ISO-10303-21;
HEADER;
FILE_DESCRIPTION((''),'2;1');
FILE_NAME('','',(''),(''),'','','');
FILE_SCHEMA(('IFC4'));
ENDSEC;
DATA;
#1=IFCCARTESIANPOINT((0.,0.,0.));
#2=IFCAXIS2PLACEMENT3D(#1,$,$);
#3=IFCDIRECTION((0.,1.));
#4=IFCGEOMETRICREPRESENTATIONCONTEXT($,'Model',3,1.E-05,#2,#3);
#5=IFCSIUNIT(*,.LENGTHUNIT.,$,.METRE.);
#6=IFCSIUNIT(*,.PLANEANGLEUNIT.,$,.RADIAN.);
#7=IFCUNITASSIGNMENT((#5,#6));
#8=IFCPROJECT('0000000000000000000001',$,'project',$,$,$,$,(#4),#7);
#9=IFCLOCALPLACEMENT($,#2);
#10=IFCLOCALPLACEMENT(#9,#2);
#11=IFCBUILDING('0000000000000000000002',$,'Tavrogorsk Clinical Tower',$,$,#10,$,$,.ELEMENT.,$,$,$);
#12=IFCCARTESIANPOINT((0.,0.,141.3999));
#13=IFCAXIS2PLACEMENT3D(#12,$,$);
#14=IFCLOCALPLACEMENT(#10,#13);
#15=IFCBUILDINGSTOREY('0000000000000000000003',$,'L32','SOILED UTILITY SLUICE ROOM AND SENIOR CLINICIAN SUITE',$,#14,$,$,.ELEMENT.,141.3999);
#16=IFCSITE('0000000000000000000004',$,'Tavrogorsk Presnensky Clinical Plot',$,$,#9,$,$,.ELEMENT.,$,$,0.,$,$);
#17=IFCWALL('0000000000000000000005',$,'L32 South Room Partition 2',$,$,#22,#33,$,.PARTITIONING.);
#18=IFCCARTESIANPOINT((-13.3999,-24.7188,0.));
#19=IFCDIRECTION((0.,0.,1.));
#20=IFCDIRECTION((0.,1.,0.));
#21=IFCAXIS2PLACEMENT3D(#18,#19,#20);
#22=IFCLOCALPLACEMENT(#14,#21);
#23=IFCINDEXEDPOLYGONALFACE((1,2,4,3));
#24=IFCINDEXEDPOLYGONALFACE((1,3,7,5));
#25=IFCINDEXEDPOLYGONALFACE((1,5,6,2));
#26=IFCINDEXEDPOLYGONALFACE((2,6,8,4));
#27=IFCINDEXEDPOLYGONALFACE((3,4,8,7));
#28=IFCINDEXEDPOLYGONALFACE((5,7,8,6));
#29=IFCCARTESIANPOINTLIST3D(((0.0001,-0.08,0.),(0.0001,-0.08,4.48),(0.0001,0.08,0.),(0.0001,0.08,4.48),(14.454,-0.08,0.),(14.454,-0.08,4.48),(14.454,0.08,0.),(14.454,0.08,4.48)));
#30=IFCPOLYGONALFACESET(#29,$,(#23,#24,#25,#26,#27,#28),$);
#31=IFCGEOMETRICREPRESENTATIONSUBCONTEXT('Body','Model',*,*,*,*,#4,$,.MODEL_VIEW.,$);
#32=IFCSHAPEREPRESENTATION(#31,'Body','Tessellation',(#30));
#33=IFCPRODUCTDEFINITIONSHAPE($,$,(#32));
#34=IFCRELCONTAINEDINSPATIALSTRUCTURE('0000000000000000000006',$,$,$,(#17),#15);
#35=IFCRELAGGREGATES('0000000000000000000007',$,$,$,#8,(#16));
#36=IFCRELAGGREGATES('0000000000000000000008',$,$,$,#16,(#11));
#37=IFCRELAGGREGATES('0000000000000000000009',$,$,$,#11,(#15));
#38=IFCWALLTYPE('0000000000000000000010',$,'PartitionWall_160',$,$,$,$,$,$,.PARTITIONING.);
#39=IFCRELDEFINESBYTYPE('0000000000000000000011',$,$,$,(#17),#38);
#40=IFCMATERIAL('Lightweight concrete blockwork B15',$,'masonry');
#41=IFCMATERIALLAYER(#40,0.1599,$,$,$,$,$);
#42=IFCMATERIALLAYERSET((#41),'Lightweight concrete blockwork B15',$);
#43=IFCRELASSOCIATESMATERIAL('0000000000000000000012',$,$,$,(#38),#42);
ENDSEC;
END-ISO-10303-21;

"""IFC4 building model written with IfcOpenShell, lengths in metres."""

from ifc_helpers import new_model, si_unit, direction, frame, frame_2d, origin, place, context, subcontext, project, spatial, rectangle, extrude, material, layer, layer_set, type_object, element, save


model = new_model("IFC4")

# Units and contexts
model_context = context("Model", 3, precision=1e-05, world=origin(), true_north=direction((0.0, 1.0)))
body_context = subcontext(model_context, "Body", "Model", "MODEL_VIEW")
ifc_project = project(units=[si_unit("LENGTHUNIT", "METRE"), si_unit("PLANEANGLEUNIT", "RADIAN")], contexts=[model_context])

# Site, building, storey
site_placement = place(None, origin())
site = spatial("IfcSite", under=ifc_project, at=site_placement, Name="Tavrogorsk Presnensky Clinical Plot", CompositionType="ELEMENT", RefElevation=0.0)
building_placement = place(site_placement, origin())
building = spatial("IfcBuilding", under=site, at=building_placement, Name="Tavrogorsk Clinical Tower", CompositionType="ELEMENT")
storey_placement = place(building_placement, frame((0.0, 0.0, 141.3999)))
storey = spatial("IfcBuildingStorey", under=building, at=storey_placement, Name="L32", Description="SOILED UTILITY SLUICE ROOM AND SENIOR CLINICIAN SUITE", CompositionType="ELEMENT", Elevation=141.3999)

# Wall
ifc_material_1 = material(Name="Lightweight concrete blockwork B15", Category="masonry")
ifc_layer_1 = layer(ifc_material_1, 0.1599)
ifc_layer_set_1 = layer_set([ifc_layer_1], Name="Lightweight concrete blockwork B15")
wall_type_1 = type_object("IfcWallType", Name="PartitionWall_160", PredefinedType="PARTITIONING", material=ifc_layer_set_1)
wall_1_placement = place(storey_placement, frame((-13.3999, -24.7188, 0.0), z_axis=(0.0, 0.0, 1.0), x_axis=(0.0, 1.0, 0.0)))
element("IfcWall", 1, at=wall_1_placement, inside=storey, type_object=wall_type_1, Name="L32 South Room Partition 2", PredefinedType="PARTITIONING", context=body_context, shape_type="SweptSolid", body=[
    extrude(rectangle(XDim=14.4539, YDim=0.1599, at=frame_2d((7.2271, 0.0))), origin(), (0.0, 0.0, 1.0), 4.48),
])

save(model, "model.ifc")
